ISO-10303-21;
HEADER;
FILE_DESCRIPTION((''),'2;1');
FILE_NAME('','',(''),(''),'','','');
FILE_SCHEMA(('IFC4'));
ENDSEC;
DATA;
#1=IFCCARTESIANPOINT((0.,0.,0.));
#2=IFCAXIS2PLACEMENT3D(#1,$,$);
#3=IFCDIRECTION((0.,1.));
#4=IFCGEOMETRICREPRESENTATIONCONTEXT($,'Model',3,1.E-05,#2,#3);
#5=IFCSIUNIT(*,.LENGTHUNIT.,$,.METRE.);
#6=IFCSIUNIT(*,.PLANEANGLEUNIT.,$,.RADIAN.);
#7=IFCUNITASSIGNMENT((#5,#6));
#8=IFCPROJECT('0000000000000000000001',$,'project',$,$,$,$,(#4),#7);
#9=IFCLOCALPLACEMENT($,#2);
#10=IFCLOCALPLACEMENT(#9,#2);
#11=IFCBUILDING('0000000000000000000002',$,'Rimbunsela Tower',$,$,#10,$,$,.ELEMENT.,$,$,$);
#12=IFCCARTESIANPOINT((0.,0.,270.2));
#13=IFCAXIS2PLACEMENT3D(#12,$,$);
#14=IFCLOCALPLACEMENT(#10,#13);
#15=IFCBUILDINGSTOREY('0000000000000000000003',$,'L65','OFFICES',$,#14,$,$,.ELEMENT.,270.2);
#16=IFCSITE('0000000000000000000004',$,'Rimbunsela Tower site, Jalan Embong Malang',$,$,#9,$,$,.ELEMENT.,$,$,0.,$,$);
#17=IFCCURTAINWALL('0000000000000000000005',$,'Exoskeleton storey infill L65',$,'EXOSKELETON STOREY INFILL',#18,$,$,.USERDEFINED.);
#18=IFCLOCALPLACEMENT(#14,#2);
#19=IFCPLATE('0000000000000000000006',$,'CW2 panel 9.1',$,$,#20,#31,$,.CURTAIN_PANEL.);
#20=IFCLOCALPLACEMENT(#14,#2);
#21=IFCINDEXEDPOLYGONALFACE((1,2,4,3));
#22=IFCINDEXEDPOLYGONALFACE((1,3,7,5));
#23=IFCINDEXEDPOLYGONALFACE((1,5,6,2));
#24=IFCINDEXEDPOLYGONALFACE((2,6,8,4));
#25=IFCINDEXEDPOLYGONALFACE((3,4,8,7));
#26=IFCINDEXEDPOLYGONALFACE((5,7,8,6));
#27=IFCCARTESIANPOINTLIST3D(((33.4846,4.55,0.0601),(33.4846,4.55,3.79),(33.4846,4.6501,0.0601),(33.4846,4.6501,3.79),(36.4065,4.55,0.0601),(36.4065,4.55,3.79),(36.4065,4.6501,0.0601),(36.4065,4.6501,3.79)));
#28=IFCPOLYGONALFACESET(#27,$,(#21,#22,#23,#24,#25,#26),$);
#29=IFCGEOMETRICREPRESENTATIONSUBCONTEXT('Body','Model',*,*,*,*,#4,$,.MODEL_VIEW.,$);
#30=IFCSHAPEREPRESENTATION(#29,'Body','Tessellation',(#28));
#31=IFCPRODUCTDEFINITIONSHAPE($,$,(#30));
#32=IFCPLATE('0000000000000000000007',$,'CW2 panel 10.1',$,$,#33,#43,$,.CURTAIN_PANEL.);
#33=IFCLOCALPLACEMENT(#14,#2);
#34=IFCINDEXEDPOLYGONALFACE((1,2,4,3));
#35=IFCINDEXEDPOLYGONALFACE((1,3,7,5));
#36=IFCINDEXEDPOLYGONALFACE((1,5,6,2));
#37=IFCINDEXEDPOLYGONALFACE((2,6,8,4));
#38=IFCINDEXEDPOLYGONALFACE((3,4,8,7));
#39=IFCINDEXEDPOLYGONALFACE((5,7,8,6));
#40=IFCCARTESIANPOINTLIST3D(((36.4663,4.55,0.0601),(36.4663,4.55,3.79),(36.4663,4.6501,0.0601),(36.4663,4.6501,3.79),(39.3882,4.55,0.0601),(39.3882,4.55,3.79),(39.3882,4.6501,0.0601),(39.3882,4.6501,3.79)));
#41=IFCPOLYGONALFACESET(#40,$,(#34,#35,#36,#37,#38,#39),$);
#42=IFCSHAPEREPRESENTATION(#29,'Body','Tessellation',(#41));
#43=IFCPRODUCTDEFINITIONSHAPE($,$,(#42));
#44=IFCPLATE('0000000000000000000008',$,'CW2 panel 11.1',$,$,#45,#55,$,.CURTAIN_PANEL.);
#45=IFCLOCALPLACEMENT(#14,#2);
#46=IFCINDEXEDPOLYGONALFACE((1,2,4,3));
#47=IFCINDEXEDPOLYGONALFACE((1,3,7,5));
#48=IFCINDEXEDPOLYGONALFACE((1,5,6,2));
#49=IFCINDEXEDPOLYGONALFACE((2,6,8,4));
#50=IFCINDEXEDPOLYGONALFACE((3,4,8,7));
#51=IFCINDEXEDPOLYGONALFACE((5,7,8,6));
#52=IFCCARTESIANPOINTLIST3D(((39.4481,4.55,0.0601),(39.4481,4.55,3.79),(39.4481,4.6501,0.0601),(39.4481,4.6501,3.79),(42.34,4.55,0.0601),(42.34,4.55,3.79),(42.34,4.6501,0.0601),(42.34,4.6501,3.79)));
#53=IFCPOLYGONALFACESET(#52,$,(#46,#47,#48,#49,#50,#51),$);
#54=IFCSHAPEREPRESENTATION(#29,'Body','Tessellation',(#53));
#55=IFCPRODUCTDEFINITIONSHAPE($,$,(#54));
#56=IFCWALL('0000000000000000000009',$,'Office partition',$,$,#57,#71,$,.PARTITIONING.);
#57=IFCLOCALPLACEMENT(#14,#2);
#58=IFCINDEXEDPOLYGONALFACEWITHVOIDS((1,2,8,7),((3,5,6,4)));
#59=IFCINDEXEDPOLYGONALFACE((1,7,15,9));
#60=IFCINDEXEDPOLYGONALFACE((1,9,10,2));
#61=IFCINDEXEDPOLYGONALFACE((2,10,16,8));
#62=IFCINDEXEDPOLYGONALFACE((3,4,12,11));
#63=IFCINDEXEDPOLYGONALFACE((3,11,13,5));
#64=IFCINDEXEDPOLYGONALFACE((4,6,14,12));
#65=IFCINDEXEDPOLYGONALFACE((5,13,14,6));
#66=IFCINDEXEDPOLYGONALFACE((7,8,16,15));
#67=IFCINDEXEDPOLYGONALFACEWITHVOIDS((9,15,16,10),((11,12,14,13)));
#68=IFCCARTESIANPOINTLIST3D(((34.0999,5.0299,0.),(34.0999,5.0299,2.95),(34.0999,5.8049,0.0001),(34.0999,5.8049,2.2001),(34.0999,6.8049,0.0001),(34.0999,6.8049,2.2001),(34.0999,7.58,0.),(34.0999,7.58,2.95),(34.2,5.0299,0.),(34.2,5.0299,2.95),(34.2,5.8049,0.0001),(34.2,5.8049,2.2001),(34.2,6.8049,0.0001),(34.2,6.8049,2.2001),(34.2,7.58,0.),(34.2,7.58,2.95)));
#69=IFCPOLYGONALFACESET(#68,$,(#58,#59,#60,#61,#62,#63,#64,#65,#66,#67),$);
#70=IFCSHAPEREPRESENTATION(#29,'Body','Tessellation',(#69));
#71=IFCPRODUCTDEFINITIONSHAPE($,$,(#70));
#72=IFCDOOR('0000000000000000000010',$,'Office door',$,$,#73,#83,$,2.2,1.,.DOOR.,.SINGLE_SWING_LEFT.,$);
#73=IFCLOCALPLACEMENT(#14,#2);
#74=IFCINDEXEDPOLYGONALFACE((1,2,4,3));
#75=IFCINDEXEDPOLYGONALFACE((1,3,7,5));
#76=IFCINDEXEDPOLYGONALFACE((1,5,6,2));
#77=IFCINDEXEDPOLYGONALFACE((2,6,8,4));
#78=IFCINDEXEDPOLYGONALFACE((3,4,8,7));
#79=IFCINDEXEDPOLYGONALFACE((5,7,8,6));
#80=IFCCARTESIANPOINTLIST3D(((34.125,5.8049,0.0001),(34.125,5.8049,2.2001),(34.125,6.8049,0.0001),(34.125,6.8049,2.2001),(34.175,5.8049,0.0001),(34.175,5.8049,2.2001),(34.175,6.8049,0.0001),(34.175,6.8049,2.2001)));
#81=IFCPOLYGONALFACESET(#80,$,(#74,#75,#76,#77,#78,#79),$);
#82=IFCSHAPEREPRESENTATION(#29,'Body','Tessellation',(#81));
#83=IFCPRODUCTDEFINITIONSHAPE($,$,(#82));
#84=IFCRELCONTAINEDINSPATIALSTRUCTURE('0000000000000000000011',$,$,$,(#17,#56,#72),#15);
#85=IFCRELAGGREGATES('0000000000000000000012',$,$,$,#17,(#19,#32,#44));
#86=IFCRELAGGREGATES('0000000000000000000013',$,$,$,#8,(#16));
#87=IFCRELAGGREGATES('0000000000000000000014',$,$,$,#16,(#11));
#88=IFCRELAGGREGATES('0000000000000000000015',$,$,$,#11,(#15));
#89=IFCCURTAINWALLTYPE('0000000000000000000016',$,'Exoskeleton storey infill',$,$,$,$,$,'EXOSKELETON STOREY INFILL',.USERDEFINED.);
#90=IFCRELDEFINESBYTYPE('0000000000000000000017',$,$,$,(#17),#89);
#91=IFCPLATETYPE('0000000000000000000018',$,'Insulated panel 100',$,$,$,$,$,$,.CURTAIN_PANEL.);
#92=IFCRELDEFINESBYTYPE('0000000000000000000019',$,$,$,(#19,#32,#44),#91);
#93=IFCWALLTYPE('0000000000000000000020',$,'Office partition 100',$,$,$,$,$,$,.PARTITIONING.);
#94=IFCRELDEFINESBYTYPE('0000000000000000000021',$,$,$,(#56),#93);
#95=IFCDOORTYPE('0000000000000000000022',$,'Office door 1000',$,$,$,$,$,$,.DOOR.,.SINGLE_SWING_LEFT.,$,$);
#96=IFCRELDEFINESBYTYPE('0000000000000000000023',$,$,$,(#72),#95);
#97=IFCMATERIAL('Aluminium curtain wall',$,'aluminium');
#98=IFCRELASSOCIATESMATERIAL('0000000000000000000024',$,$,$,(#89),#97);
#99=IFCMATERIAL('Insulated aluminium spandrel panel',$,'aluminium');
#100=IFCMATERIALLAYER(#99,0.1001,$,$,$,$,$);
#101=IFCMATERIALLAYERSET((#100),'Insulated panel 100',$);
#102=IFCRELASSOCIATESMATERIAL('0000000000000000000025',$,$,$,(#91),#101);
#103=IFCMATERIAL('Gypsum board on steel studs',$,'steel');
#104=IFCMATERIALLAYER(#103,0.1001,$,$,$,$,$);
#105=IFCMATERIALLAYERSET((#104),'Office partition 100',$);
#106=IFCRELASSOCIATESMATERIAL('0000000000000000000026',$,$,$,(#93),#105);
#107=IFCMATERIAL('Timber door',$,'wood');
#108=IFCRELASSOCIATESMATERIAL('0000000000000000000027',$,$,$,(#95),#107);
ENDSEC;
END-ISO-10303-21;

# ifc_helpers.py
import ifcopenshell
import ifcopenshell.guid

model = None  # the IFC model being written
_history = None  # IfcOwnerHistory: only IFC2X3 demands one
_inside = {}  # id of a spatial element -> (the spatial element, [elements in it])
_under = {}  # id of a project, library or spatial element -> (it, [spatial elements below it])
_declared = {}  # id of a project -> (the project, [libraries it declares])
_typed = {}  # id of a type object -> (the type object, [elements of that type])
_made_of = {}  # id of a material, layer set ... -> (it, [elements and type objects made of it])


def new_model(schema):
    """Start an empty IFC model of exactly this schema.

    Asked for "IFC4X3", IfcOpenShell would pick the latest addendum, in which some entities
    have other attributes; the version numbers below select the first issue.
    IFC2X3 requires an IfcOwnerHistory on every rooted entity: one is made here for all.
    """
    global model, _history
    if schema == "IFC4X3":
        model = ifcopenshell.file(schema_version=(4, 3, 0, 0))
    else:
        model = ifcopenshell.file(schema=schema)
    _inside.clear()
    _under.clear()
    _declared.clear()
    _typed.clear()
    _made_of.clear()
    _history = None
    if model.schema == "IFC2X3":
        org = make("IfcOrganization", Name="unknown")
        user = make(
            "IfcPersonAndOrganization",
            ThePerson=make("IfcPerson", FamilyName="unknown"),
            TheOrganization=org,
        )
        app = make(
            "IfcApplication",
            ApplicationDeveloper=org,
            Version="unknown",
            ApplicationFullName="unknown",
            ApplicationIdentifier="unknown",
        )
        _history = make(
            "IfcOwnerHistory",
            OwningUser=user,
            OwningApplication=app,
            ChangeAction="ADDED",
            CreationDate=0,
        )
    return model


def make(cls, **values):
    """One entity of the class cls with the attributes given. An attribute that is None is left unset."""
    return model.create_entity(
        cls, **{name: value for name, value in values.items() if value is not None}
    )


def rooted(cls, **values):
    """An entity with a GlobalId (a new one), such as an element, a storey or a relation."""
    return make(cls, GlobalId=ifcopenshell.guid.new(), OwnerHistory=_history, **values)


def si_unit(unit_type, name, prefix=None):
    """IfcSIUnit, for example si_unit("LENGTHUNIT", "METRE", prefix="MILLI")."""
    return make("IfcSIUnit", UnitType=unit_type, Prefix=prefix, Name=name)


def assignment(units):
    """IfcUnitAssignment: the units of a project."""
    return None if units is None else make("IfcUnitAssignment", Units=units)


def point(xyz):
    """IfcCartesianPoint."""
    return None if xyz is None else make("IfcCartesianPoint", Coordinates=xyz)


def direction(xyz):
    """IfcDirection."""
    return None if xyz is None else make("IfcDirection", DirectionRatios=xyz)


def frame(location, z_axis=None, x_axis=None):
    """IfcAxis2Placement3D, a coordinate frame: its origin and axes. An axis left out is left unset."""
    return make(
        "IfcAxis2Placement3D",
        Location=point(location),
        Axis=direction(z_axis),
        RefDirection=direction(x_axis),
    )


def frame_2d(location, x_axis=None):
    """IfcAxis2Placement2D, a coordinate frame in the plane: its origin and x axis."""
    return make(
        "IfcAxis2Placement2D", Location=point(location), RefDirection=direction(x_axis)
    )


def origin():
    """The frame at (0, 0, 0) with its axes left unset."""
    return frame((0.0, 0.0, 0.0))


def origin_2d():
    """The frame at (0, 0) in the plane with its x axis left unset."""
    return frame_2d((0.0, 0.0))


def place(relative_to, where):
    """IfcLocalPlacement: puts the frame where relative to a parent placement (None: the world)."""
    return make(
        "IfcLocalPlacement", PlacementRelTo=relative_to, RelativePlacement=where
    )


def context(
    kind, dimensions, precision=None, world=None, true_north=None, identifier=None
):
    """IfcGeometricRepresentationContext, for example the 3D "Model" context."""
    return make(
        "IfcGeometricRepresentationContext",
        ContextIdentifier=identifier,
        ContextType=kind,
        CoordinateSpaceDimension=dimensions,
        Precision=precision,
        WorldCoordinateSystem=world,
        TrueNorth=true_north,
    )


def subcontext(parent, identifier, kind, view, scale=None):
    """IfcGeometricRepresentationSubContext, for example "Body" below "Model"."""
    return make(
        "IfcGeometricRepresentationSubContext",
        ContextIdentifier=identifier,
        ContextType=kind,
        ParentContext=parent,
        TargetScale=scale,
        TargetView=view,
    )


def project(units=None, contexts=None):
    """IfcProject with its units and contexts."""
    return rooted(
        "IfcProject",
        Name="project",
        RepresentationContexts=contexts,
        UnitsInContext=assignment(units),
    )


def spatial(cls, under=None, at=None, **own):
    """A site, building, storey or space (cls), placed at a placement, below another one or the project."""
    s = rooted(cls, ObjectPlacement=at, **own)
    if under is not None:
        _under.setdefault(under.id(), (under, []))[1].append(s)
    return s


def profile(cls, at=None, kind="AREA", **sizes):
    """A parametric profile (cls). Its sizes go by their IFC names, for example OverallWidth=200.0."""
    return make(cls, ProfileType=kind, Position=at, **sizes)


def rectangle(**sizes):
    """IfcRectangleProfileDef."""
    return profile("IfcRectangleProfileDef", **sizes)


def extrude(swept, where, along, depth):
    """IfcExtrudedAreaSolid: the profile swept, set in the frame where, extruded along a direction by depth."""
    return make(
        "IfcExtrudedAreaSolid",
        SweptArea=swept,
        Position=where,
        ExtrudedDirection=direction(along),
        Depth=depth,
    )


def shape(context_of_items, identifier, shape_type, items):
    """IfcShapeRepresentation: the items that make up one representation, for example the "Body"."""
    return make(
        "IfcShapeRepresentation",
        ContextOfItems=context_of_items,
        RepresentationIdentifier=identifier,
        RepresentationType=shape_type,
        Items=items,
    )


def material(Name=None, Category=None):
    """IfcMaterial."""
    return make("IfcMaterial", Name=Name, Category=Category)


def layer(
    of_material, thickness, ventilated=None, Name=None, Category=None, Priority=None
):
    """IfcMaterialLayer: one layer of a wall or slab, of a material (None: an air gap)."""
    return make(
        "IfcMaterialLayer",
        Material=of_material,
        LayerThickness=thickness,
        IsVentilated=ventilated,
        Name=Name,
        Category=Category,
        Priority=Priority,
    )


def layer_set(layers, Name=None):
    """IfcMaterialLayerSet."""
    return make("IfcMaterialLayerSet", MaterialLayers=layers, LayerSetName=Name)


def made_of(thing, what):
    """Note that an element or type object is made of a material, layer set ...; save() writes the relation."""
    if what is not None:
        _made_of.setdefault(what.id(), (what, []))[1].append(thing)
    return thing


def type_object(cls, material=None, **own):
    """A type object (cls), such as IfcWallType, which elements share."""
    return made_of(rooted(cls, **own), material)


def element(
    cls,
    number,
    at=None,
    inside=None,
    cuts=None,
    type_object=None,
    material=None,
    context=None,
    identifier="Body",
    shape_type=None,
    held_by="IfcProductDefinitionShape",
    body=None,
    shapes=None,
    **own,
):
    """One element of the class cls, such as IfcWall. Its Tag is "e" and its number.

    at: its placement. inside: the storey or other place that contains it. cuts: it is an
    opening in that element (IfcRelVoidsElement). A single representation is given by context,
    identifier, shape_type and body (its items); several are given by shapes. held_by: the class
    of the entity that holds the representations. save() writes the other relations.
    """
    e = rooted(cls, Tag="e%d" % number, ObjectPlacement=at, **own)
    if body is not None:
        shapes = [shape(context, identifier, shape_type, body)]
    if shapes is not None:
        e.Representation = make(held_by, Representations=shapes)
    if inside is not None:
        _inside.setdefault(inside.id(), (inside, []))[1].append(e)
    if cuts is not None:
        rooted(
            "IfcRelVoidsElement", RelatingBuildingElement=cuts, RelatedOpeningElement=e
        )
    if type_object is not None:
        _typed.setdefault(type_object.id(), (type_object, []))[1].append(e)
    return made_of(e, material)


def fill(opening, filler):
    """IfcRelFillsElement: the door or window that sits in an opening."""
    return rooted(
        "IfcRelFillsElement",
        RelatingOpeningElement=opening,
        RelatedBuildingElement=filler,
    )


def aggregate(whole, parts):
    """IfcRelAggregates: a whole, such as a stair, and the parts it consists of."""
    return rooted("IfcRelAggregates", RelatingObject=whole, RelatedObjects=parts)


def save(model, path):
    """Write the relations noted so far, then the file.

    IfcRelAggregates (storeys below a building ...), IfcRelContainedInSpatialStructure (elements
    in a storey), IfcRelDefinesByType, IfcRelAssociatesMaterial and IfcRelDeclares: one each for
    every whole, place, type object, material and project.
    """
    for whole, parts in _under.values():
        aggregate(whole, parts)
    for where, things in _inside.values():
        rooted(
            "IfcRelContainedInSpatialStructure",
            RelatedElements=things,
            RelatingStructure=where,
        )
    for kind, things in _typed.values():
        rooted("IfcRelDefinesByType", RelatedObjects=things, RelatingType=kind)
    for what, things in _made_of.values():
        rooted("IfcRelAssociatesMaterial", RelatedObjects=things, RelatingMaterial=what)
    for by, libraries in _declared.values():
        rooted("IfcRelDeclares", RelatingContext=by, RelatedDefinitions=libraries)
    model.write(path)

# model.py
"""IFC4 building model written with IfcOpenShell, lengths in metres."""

from ifc_helpers import new_model, si_unit, direction, frame, frame_2d, origin, origin_2d, place, context, subcontext, project, spatial, rectangle, extrude, material, layer, layer_set, type_object, element, fill, aggregate, save


model = new_model("IFC4")

# Units and contexts
model_context = context("Model", 3, precision=1e-05, world=origin(), true_north=direction((0.0, 1.0)))
body_context = subcontext(model_context, "Body", "Model", "MODEL_VIEW")
ifc_project = project(units=[si_unit("LENGTHUNIT", "METRE"), si_unit("PLANEANGLEUNIT", "RADIAN")], contexts=[model_context])

# Site, building, storey
site_placement = place(None, origin())
site = spatial("IfcSite", under=ifc_project, at=site_placement, Name="Rimbunsela Tower site, Jalan Embong Malang", CompositionType="ELEMENT", RefElevation=0.0)
building_placement = place(site_placement, origin())
building = spatial("IfcBuilding", under=site, at=building_placement, Name="Rimbunsela Tower", CompositionType="ELEMENT")
storey_placement = place(building_placement, frame((0.0, 0.0, 270.2)))
storey = spatial("IfcBuildingStorey", under=building, at=storey_placement, Name="L65", Description="OFFICES", CompositionType="ELEMENT", Elevation=270.2)

# Curtain wall
ifc_material_1 = material(Name="Aluminium curtain wall", Category="aluminium")
curtain_wall_type_1 = type_object("IfcCurtainWallType", Name="Exoskeleton storey infill", ElementType="EXOSKELETON STOREY INFILL", PredefinedType="USERDEFINED", material=ifc_material_1)
curtain_wall_1_placement = place(storey_placement, origin())
curtain_wall_1 = element("IfcCurtainWall", 1, at=curtain_wall_1_placement, inside=storey, type_object=curtain_wall_type_1, Name="Exoskeleton storey infill L65", ObjectType="EXOSKELETON STOREY INFILL", PredefinedType="USERDEFINED")

# Plates
ifc_material_2 = material(Name="Insulated aluminium spandrel panel", Category="aluminium")
ifc_layer_1 = layer(ifc_material_2, 0.1001)
ifc_layer_set_1 = layer_set([ifc_layer_1], Name="Insulated panel 100")
plate_type_1 = type_object("IfcPlateType", Name="Insulated panel 100", PredefinedType="CURTAIN_PANEL", material=ifc_layer_set_1)
plate_1_placement = place(storey_placement, frame((34.9456, 4.6001, 0.0601), z_axis=(0.0, 0.0, 1.0), x_axis=(1.0, 0.0, 0.0)))
plate_1 = element("IfcPlate", 2, at=plate_1_placement, type_object=plate_type_1, Name="CW2 panel 9.1", PredefinedType="CURTAIN_PANEL", context=body_context, shape_type="SweptSolid", body=[
    extrude(rectangle(XDim=2.9219, YDim=0.1001, at=origin_2d()), origin(), (0.0, 0.0, 1.0), 3.73),
])
plate_2_placement = place(storey_placement, frame((37.9272, 4.6001, 0.0601), z_axis=(0.0, 0.0, 1.0), x_axis=(1.0, 0.0, 0.0)))
plate_2 = element("IfcPlate", 3, at=plate_2_placement, type_object=plate_type_1, Name="CW2 panel 10.1", PredefinedType="CURTAIN_PANEL", context=body_context, shape_type="SweptSolid", body=[
    extrude(rectangle(XDim=2.9219, YDim=0.1001, at=origin_2d()), origin(), (0.0, 0.0, 1.0), 3.73),
])
plate_3_placement = place(storey_placement, frame((40.894, 4.6001, 0.0601), z_axis=(0.0, 0.0, 1.0), x_axis=(1.0, 0.0, 0.0)))
plate_3 = element("IfcPlate", 4, at=plate_3_placement, type_object=plate_type_1, Name="CW2 panel 11.1", PredefinedType="CURTAIN_PANEL", context=body_context, shape_type="SweptSolid", body=[
    extrude(rectangle(XDim=2.8918, YDim=0.1001, at=origin_2d()), origin(), (0.0, 0.0, 1.0), 3.73),
])
aggregate(curtain_wall_1, [plate_1, plate_2, plate_3])

# Wall, opening, door
ifc_material_3 = material(Name="Gypsum board on steel studs", Category="steel")
ifc_layer_2 = layer(ifc_material_3, 0.1001)
ifc_layer_set_2 = layer_set([ifc_layer_2], Name="Office partition 100")
wall_type = type_object("IfcWallType", Name="Office partition 100", PredefinedType="PARTITIONING", material=ifc_layer_set_2)
wall_placement = place(storey_placement, frame((34.1499, 5.03, 0.0), z_axis=(0.0, 0.0, 1.0), x_axis=(0.0, 1.0, 0.0)))
wall = element("IfcWall", 5, at=wall_placement, inside=storey, type_object=wall_type, Name="Office partition", PredefinedType="PARTITIONING", context=body_context, shape_type="SweptSolid", body=[
    extrude(rectangle(XDim=2.55, YDim=0.1001, at=frame_2d((1.2749, 0.0))), origin(), (0.0, 0.0, 1.0), 2.95),
])
opening_placement = place(wall_placement, frame((0.7749, 0.0, 0.0)))
opening = element("IfcOpeningElement", 6, at=opening_placement, cuts=wall, PredefinedType="OPENING", context=body_context, shape_type="SweptSolid", body=[
    extrude(rectangle(XDim=1.0, YDim=2.2, at=frame_2d((0.5, 1.1001))), frame((0.0, 0.0601, 0.0), z_axis=(0.0, -1.0, 0.0), x_axis=(1.0, 0.0, 0.0)), (0.0, 0.0, 1.0), 0.1201),
])
ifc_material_4 = material(Name="Timber door", Category="wood")
door_type = type_object("IfcDoorType", Name="Office door 1000", OperationType="SINGLE_SWING_LEFT", PredefinedType="DOOR", material=ifc_material_4)
door_placement = place(opening_placement, origin())
door = element("IfcDoor", 7, at=door_placement, inside=storey, type_object=door_type, Name="Office door", OperationType="SINGLE_SWING_LEFT", OverallHeight=2.2, OverallWidth=1.0, PredefinedType="DOOR", context=body_context, shape_type="SweptSolid", body=[
    extrude(rectangle(XDim=1.0, YDim=2.2, at=frame_2d((0.5, 1.1001))), frame((0.0, 0.0249, 0.0), z_axis=(0.0, -1.0, 0.0), x_axis=(1.0, 0.0, 0.0)), (0.0, 0.0, 1.0), 0.05),
])
fill(opening, door)

save(model, "model.ifc")
